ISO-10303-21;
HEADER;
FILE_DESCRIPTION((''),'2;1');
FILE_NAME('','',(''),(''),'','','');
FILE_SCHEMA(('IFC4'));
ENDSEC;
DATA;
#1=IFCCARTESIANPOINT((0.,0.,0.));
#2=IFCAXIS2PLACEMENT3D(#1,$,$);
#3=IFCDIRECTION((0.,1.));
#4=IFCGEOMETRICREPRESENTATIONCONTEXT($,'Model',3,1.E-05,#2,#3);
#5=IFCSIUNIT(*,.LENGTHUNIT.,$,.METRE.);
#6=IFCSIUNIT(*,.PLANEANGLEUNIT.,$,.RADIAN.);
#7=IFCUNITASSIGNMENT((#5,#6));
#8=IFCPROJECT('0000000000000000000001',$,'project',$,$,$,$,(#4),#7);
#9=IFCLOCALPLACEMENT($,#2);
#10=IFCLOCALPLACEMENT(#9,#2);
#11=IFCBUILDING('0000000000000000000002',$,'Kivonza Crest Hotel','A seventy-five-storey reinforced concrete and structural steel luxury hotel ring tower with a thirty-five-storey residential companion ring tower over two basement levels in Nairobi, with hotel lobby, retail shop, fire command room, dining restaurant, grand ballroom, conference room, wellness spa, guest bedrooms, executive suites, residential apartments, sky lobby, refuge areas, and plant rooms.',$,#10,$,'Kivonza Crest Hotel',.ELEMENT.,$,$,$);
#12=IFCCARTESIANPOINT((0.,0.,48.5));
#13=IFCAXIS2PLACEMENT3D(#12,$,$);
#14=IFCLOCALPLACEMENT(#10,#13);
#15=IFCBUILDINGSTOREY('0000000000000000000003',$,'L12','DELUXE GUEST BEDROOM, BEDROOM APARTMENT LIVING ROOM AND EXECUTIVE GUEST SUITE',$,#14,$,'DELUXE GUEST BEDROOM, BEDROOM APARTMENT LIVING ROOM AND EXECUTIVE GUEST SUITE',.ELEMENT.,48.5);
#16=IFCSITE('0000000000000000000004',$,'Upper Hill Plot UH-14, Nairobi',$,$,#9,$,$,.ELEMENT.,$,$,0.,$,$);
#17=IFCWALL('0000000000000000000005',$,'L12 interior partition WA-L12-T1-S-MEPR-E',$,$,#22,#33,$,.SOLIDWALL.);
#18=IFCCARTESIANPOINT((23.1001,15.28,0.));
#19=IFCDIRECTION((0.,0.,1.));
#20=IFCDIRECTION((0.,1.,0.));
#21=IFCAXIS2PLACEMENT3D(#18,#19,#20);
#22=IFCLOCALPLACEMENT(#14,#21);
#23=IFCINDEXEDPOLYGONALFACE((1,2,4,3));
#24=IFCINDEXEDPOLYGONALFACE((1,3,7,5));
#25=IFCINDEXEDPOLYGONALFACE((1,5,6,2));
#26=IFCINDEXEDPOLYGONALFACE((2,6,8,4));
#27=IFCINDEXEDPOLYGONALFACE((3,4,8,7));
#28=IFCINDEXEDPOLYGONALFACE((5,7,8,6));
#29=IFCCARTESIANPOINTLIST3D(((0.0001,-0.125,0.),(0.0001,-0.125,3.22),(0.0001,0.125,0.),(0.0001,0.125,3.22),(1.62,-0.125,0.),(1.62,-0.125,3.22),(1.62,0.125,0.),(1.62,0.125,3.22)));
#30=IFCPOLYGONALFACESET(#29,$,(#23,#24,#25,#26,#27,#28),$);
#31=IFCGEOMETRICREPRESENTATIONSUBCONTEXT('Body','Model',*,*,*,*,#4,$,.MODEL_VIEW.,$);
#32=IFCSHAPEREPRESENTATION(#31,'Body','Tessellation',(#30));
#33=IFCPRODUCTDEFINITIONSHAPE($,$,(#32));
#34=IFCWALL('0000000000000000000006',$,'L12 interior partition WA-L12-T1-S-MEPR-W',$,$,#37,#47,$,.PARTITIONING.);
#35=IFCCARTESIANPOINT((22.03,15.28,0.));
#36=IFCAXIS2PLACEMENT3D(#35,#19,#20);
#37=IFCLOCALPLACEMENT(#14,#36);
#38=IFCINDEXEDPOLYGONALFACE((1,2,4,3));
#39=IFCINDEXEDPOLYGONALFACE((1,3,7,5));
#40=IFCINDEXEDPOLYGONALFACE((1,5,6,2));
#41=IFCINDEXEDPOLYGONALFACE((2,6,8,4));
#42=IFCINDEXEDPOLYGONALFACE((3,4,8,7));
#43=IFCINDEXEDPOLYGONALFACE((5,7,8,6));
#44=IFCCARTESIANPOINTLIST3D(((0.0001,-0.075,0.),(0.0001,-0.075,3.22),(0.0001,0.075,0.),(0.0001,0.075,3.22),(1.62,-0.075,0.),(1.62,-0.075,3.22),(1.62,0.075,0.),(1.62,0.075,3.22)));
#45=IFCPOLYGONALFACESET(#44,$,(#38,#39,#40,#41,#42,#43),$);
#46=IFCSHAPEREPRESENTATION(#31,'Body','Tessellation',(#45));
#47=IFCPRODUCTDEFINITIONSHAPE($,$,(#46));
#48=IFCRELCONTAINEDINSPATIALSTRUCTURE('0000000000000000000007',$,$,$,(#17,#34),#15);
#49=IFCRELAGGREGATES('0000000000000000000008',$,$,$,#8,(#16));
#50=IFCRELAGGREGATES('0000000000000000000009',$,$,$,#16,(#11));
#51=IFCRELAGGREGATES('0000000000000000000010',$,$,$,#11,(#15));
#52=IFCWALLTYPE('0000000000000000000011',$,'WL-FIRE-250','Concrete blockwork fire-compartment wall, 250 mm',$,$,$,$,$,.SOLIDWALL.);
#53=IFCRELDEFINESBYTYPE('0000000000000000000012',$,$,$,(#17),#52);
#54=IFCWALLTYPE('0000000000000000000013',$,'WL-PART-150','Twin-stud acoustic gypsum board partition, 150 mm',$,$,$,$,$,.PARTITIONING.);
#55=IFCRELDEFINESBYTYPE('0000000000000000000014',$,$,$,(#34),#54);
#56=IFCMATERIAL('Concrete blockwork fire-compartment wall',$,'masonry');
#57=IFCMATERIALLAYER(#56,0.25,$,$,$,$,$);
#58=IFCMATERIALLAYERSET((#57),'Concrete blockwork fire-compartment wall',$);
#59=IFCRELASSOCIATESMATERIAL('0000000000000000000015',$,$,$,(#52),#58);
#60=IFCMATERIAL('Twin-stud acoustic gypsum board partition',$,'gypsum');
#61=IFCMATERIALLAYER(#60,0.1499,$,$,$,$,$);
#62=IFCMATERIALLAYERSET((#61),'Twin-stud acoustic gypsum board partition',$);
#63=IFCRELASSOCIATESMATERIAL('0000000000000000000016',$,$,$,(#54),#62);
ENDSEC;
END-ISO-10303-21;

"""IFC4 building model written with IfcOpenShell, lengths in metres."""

from ifc_helpers import new_model, si_unit, direction, frame, frame_2d, origin, place, context, subcontext, project, spatial, rectangle, extrude, material, layer, layer_set, type_object, element, save


model = new_model("IFC4")

# Units and contexts
model_context = context("Model", 3, precision=1e-05, world=origin(), true_north=direction((0.0, 1.0)))
body_context = subcontext(model_context, "Body", "Model", "MODEL_VIEW")
ifc_project = project(units=[si_unit("LENGTHUNIT", "METRE"), si_unit("PLANEANGLEUNIT", "RADIAN")], contexts=[model_context])

# Site, building, storey
site_placement = place(None, origin())
site = spatial("IfcSite", under=ifc_project, at=site_placement, Name="Upper Hill Plot UH-14, Nairobi", CompositionType="ELEMENT", RefElevation=0.0)
building_placement = place(site_placement, origin())
building = spatial("IfcBuilding", under=site, at=building_placement, Name="Kivonza Crest Hotel", Description="A seventy-five-storey reinforced concrete and structural steel luxury hotel ring tower with a thirty-five-storey residential companion ring tower over two basement levels in Nairobi, with hotel lobby, retail shop, fire command room, dining restaurant, grand ballroom, conference room, wellness spa, guest bedrooms, executive suites, residential apartments, sky lobby, refuge areas, and plant rooms.", LongName="Kivonza Crest Hotel", CompositionType="ELEMENT")
storey_placement = place(building_placement, frame((0.0, 0.0, 48.5)))
storey = spatial("IfcBuildingStorey", under=building, at=storey_placement, Name="L12", Description="DELUXE GUEST BEDROOM, BEDROOM APARTMENT LIVING ROOM AND EXECUTIVE GUEST SUITE", LongName="DELUXE GUEST BEDROOM, BEDROOM APARTMENT LIVING ROOM AND EXECUTIVE GUEST SUITE", CompositionType="ELEMENT", Elevation=48.5)

# Walls
ifc_material_1 = material(Name="Concrete blockwork fire-compartment wall", Category="masonry")
ifc_layer_1 = layer(ifc_material_1, 0.25)
ifc_layer_set_1 = layer_set([ifc_layer_1], Name="Concrete blockwork fire-compartment wall")
wall_type_1 = type_object("IfcWallType", Name="WL-FIRE-250", Description="Concrete blockwork fire-compartment wall, 250 mm", PredefinedType="SOLIDWALL", material=ifc_layer_set_1)
wall_1_placement = place(storey_placement, frame((23.1001, 15.28, 0.0), z_axis=(0.0, 0.0, 1.0), x_axis=(0.0, 1.0, 0.0)))
element("IfcWall", 1, at=wall_1_placement, inside=storey, type_object=wall_type_1, Name="L12 interior partition WA-L12-T1-S-MEPR-E", PredefinedType="SOLIDWALL", context=body_context, shape_type="SweptSolid", body=[
    extrude(rectangle(XDim=1.6199, YDim=0.25, at=frame_2d((0.8101, 0.0))), origin(), (0.0, 0.0, 1.0), 3.22),
])
ifc_material_2 = material(Name="Twin-stud acoustic gypsum board partition", Category="gypsum")
ifc_layer_2 = layer(ifc_material_2, 0.1499)
ifc_layer_set_2 = layer_set([ifc_layer_2], Name="Twin-stud acoustic gypsum board partition")
wall_type_2 = type_object("IfcWallType", Name="WL-PART-150", Description="Twin-stud acoustic gypsum board partition, 150 mm", PredefinedType="PARTITIONING", material=ifc_layer_set_2)
wall_2_placement = place(storey_placement, frame((22.03, 15.28, 0.0), z_axis=(0.0, 0.0, 1.0), x_axis=(0.0, 1.0, 0.0)))
element("IfcWall", 2, at=wall_2_placement, inside=storey, type_object=wall_type_2, Name="L12 interior partition WA-L12-T1-S-MEPR-W", PredefinedType="PARTITIONING", context=body_context, shape_type="SweptSolid", body=[
    extrude(rectangle(XDim=1.6199, YDim=0.1499, at=frame_2d((0.8101, 0.0))), origin(), (0.0, 0.0, 1.0), 3.22),
])

save(model, "model.ifc")
